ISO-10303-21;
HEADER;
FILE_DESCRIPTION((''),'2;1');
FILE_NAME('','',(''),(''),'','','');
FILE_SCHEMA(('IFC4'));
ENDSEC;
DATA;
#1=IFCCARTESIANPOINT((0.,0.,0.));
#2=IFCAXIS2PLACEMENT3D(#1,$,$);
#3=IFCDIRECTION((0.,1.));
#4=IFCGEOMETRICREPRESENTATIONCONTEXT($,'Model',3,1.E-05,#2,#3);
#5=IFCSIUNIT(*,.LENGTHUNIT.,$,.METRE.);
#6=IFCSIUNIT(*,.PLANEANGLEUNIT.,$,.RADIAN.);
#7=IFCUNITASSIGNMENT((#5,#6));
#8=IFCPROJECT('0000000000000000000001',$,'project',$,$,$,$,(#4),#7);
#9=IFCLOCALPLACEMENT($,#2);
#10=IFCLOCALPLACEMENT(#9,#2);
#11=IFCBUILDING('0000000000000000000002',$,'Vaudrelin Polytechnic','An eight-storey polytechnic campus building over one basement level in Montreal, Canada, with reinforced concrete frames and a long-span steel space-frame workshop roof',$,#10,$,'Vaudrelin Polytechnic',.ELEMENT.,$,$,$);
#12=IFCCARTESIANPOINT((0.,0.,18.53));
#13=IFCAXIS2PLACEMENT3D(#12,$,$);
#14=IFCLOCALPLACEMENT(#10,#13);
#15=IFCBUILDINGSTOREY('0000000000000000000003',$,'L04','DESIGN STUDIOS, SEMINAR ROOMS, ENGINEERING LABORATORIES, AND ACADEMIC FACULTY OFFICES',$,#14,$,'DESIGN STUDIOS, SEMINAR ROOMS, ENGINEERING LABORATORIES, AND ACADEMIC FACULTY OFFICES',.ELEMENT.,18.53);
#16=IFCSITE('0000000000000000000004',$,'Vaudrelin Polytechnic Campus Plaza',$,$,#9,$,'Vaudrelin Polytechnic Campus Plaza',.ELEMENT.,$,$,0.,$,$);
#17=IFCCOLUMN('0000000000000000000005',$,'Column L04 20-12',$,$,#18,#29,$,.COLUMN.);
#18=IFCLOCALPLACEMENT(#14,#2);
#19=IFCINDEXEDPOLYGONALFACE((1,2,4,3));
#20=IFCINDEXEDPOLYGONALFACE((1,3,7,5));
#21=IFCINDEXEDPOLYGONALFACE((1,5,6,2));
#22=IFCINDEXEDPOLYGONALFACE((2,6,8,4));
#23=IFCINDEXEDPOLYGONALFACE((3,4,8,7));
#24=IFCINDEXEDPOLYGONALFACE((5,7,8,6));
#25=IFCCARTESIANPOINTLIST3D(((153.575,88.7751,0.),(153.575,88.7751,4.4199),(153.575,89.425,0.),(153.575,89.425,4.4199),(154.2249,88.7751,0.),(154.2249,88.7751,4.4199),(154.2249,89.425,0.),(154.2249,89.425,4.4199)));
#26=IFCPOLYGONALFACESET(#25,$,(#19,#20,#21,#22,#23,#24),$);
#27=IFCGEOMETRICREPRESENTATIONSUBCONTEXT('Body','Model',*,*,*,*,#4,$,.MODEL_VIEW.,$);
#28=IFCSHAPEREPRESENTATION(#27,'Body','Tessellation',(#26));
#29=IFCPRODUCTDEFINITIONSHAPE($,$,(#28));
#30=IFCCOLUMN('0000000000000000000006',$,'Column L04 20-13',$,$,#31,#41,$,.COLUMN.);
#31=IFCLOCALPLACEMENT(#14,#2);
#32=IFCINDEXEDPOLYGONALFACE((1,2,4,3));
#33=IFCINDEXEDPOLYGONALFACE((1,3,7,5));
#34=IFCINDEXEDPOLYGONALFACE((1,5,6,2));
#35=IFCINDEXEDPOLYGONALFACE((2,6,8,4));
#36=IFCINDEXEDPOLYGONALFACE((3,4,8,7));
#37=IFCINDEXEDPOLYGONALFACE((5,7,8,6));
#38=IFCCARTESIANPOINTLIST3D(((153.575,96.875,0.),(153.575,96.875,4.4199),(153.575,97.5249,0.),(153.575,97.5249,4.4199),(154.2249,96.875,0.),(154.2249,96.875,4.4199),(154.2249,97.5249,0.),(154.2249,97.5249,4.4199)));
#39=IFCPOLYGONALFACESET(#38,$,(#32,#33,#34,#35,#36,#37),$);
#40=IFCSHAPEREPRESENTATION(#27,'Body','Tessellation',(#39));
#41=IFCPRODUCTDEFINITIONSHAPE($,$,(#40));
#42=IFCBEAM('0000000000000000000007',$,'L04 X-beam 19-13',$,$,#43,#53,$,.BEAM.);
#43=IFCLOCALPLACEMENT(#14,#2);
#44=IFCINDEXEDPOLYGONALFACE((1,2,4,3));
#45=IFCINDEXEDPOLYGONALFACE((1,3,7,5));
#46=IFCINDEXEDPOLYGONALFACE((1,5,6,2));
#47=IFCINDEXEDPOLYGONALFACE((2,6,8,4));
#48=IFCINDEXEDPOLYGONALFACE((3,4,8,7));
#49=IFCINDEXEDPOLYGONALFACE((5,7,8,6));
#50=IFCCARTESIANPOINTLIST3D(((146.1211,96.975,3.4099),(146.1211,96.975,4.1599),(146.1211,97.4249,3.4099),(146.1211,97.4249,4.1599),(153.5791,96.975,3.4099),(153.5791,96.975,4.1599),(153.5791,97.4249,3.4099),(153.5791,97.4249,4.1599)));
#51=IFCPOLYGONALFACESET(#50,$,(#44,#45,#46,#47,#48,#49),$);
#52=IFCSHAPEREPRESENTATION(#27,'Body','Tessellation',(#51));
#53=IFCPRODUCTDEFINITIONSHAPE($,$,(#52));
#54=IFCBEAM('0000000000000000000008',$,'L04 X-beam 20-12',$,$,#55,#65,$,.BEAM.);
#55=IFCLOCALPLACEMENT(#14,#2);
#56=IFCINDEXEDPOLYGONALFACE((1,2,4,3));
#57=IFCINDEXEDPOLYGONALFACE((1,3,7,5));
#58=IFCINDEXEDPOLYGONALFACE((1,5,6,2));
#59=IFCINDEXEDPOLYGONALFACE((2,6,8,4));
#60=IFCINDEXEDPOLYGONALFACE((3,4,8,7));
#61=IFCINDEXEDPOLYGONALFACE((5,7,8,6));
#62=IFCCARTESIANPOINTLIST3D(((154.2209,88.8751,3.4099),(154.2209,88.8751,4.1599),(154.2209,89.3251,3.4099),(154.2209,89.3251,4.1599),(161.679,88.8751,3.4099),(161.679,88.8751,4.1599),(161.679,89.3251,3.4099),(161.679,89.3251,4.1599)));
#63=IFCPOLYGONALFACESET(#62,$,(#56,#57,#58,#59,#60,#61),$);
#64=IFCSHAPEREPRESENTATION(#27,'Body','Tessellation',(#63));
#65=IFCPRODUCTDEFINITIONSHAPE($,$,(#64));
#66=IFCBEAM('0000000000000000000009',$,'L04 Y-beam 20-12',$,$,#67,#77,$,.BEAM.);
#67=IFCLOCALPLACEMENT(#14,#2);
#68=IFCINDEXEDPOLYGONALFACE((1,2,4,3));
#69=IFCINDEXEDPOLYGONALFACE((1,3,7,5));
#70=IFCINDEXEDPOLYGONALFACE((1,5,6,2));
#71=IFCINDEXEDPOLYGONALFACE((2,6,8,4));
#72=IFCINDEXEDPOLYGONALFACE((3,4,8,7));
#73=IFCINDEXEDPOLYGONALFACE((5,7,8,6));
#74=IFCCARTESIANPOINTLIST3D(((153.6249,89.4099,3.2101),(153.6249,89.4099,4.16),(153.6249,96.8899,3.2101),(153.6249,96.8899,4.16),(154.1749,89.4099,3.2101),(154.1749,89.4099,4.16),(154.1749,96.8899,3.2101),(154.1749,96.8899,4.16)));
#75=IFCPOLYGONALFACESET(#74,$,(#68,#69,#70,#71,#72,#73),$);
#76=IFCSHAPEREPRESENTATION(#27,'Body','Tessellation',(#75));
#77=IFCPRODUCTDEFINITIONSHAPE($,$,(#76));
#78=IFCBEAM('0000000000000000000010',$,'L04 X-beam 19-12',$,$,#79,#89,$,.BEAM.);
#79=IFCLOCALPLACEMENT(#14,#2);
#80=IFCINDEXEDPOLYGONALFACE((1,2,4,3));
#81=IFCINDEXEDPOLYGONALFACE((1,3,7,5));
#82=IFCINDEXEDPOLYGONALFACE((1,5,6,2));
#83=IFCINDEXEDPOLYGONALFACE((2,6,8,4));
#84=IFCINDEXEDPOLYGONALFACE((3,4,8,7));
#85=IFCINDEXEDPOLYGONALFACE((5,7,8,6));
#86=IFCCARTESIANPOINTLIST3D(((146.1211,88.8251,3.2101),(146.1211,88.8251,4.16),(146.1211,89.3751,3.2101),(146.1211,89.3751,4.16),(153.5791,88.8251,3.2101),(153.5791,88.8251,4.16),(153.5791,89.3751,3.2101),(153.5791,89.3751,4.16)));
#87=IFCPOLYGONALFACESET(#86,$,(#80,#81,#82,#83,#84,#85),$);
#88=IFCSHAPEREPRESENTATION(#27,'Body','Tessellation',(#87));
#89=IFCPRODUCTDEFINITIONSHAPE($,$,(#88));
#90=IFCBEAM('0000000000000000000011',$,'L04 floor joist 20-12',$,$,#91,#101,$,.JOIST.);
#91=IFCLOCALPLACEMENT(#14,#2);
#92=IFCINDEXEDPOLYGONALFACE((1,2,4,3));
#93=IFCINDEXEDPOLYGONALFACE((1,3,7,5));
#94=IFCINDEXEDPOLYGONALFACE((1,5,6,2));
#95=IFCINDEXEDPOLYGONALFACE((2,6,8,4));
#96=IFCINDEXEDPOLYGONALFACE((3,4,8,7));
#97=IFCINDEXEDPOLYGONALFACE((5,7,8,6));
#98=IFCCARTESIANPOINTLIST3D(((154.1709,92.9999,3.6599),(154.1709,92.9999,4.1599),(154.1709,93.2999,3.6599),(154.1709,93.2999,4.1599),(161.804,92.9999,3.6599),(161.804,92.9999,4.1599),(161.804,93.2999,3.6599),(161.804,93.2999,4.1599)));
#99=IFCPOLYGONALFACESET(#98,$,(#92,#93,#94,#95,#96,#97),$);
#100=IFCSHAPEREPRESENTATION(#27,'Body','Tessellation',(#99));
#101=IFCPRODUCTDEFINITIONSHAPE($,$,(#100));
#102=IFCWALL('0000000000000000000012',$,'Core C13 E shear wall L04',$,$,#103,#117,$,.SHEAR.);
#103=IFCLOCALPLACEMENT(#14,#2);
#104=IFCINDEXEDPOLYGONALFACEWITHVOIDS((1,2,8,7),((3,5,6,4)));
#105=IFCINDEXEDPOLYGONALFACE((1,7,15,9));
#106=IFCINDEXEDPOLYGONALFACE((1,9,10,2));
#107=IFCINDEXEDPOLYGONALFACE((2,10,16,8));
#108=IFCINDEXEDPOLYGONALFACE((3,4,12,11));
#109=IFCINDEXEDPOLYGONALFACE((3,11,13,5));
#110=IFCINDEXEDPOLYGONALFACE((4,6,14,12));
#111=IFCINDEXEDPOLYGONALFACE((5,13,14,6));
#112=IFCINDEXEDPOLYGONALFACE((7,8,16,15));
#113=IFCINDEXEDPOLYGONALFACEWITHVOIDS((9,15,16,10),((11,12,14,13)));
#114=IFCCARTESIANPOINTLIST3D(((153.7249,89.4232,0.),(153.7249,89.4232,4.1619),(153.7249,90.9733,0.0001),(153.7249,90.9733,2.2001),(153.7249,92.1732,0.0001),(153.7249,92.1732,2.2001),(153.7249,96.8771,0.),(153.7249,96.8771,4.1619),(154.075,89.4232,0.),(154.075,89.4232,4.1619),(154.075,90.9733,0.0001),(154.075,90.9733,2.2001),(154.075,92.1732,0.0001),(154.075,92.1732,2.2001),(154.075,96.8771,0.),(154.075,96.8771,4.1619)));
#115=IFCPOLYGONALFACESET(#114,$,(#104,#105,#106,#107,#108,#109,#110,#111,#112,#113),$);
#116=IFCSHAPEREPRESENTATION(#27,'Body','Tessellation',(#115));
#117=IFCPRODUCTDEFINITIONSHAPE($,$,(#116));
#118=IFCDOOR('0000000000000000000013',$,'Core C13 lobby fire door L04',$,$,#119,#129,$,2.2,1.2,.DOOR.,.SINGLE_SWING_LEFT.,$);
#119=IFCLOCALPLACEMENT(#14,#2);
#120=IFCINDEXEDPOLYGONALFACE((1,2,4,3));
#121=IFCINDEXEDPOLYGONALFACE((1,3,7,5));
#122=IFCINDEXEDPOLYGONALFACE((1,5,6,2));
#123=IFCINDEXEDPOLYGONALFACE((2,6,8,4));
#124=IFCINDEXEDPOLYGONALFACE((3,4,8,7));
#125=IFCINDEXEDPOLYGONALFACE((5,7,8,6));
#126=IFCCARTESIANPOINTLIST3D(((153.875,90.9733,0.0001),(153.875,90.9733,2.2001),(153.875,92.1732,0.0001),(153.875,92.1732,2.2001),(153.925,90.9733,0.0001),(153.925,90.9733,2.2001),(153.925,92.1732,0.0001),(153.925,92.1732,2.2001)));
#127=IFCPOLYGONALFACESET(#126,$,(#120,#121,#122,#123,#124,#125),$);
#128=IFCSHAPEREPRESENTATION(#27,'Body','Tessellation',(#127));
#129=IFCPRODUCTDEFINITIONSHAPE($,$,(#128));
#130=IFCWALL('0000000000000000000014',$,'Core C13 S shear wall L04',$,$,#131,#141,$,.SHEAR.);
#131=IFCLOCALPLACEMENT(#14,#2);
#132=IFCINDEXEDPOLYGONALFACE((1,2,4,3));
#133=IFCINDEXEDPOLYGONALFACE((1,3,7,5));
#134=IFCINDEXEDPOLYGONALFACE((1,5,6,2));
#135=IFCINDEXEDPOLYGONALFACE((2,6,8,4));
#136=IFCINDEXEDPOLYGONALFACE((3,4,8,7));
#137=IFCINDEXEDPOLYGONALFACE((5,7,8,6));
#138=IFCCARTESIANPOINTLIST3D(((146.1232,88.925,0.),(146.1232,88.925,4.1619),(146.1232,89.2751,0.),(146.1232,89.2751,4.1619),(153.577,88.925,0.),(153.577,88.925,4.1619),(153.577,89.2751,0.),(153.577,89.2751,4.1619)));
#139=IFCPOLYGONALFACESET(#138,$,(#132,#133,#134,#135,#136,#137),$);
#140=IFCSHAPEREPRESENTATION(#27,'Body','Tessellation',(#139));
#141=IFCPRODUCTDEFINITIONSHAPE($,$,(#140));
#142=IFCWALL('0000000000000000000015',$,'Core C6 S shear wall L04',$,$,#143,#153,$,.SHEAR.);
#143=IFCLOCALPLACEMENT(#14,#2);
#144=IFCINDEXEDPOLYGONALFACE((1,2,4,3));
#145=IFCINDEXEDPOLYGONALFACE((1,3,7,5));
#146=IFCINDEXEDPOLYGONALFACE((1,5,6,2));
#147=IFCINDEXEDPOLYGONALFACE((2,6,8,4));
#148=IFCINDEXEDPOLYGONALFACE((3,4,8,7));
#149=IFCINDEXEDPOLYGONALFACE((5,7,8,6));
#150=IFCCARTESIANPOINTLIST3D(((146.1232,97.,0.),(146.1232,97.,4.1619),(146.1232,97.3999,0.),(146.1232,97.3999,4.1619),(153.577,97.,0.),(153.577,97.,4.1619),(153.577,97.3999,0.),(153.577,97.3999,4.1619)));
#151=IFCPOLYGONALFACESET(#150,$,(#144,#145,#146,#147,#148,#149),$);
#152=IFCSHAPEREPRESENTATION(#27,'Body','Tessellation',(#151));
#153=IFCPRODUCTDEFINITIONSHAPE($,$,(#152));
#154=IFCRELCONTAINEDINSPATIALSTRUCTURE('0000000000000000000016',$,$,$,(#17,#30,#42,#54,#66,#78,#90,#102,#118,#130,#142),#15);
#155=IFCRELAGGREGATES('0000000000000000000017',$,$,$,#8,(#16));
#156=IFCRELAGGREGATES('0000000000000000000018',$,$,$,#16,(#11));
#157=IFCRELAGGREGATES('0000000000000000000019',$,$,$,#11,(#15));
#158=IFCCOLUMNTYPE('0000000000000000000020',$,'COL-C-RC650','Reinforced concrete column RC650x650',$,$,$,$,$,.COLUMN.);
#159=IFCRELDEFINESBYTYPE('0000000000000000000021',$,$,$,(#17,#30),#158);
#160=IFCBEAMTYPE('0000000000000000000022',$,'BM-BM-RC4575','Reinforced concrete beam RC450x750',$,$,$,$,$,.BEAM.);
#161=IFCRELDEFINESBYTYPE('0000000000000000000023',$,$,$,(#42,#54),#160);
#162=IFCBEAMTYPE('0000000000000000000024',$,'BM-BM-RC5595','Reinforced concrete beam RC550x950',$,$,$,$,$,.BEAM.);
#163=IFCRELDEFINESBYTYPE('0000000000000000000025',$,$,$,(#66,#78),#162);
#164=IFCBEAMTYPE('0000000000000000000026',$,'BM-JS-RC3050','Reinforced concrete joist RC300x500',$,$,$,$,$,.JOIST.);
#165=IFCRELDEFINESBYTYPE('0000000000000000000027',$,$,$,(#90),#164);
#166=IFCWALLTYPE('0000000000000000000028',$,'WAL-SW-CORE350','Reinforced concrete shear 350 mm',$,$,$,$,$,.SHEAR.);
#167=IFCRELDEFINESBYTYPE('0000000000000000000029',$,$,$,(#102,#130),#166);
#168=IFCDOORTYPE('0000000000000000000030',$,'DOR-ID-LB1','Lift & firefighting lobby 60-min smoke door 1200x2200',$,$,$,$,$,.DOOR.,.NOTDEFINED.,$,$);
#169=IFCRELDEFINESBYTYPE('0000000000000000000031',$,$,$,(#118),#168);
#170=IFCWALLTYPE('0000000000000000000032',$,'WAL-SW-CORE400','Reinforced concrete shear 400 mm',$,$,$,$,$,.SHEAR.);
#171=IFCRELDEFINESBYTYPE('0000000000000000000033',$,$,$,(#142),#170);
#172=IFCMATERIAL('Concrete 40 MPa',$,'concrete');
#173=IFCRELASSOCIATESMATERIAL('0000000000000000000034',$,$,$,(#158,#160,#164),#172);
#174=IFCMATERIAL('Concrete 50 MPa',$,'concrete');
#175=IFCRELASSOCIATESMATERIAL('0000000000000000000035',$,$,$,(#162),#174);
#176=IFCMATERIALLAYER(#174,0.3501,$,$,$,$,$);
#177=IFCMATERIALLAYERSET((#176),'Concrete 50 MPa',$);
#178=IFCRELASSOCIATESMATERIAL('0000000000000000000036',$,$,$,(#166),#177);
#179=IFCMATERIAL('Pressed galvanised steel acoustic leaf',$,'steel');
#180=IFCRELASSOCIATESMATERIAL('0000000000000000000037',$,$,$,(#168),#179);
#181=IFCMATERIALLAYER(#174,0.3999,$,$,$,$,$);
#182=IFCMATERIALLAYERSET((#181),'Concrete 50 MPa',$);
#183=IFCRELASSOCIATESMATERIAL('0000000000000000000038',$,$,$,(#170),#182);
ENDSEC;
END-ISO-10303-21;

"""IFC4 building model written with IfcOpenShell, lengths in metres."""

from ifc_helpers import new_model, si_unit, direction, frame, frame_2d, origin, origin_2d, place, context, subcontext, project, spatial, rectangle, extrude, material, layer, layer_set, material_profile, profile_set, type_object, element, fill, save


model = new_model("IFC4")

# Units and contexts
model_context = context("Model", 3, precision=1e-05, world=origin(), true_north=direction((0.0, 1.0)))
body_context = subcontext(model_context, "Body", "Model", "MODEL_VIEW")
ifc_project = project(units=[si_unit("LENGTHUNIT", "METRE"), si_unit("PLANEANGLEUNIT", "RADIAN")], contexts=[model_context])

# Site, building, storey
site_placement = place(None, origin())
site = spatial("IfcSite", under=ifc_project, at=site_placement, Name="Vaudrelin Polytechnic Campus Plaza", LongName="Vaudrelin Polytechnic Campus Plaza", CompositionType="ELEMENT", RefElevation=0.0)
building_placement = place(site_placement, origin())
building = spatial("IfcBuilding", under=site, at=building_placement, Name="Vaudrelin Polytechnic", Description="An eight-storey polytechnic campus building over one basement level in Montreal, Canada, with reinforced concrete frames and a long-span steel space-frame workshop roof", LongName="Vaudrelin Polytechnic", CompositionType="ELEMENT")
storey_placement = place(building_placement, frame((0.0, 0.0, 18.53)))
storey = spatial("IfcBuildingStorey", under=building, at=storey_placement, Name="L04", Description="DESIGN STUDIOS, SEMINAR ROOMS, ENGINEERING LABORATORIES, AND ACADEMIC FACULTY OFFICES", LongName="DESIGN STUDIOS, SEMINAR ROOMS, ENGINEERING LABORATORIES, AND ACADEMIC FACULTY OFFICES", CompositionType="ELEMENT", Elevation=18.53)

# Columns
ifc_material_1 = material(Name="Concrete 40 MPa", Category="concrete")
ifc_material_profile_1 = material_profile(ifc_material_1, rectangle(XDim=0.6499, YDim=0.6499, at=origin_2d()), Name="RC650x650")
ifc_profile_set_1 = profile_set([ifc_material_profile_1], Name="Concrete 40 MPa")
column_type = type_object("IfcColumnType", Name="COL-C-RC650", Description="Reinforced concrete column RC650x650", PredefinedType="COLUMN", material=ifc_profile_set_1)
for number, where, z_axis, x_axis, name in (
    (1, (153.8999, 89.1001, 0.0), (0.0, 0.0, 1.0), (1.0, 0.0, 0.0), "Column L04 20-12"),
    (2, (153.8999, 97.2, 0.0), (0.0, 0.0, 1.0), (1.0, 0.0, 0.0), "Column L04 20-13"),
):
    element("IfcColumn", number, at=place(storey_placement, frame(where, z_axis=z_axis, x_axis=x_axis)), inside=storey, type_object=column_type, Name=name, PredefinedType="COLUMN", context=body_context, shape_type="SweptSolid", body=[
        extrude(rectangle(XDim=0.6499, YDim=0.6499, at=origin_2d()), origin(), (0.0, 0.0, 1.0), 4.4199),
    ])

# Beams
ifc_material_profile_2 = material_profile(ifc_material_1, rectangle(XDim=0.45, YDim=0.75, at=origin_2d()), Name="RC450x750")
ifc_profile_set_2 = profile_set([ifc_material_profile_2], Name="Concrete 40 MPa")
beam_type_1 = type_object("IfcBeamType", Name="BM-BM-RC4575", Description="Reinforced concrete beam RC450x750", PredefinedType="BEAM", material=ifc_profile_set_2)
for number, where, z_axis, x_axis, name in (
    (3, (146.1211, 97.2, 3.7849), (1.0, 0.0, 0.0), (0.0, 1.0, 0.0), "L04 X-beam 19-13"),
    (4, (154.2209, 89.1001, 3.7849), (1.0, 0.0, 0.0), (0.0, 1.0, 0.0), "L04 X-beam 20-12"),
):
    element("IfcBeam", number, at=place(storey_placement, frame(where, z_axis=z_axis, x_axis=x_axis)), inside=storey, type_object=beam_type_1, Name=name, PredefinedType="BEAM", context=body_context, shape_type="SweptSolid", body=[
        extrude(rectangle(XDim=0.45, YDim=0.75, at=origin_2d()), origin(), (0.0, 0.0, 1.0), 7.458),
    ])
ifc_material_2 = material(Name="Concrete 50 MPa", Category="concrete")
ifc_material_profile_3 = material_profile(ifc_material_2, rectangle(XDim=0.55, YDim=0.95, at=origin_2d()), Name="RC550x950")
ifc_profile_set_3 = profile_set([ifc_material_profile_3], Name="Concrete 50 MPa")
beam_type_2 = type_object("IfcBeamType", Name="BM-BM-RC5595", Description="Reinforced concrete beam RC550x950", PredefinedType="BEAM", material=ifc_profile_set_3)
beam_1_placement = place(storey_placement, frame((153.8999, 89.4099, 3.6851), z_axis=(0.0, 1.0, 0.0), x_axis=(-1.0, 0.0, 0.0)))
element("IfcBeam", 5, at=beam_1_placement, inside=storey, type_object=beam_type_2, Name="L04 Y-beam 20-12", PredefinedType="BEAM", context=body_context, shape_type="SweptSolid", body=[
    extrude(rectangle(XDim=0.55, YDim=0.95, at=origin_2d()), origin(), (0.0, 0.0, 1.0), 7.48),
])
beam_2_placement = place(storey_placement, frame((146.1211, 89.1001, 3.6851), z_axis=(1.0, 0.0, 0.0), x_axis=(0.0, 1.0, 0.0)))
element("IfcBeam", 6, at=beam_2_placement, inside=storey, type_object=beam_type_2, Name="L04 X-beam 19-12", PredefinedType="BEAM", context=body_context, shape_type="SweptSolid", body=[
    extrude(rectangle(XDim=0.55, YDim=0.95, at=origin_2d()), origin(), (0.0, 0.0, 1.0), 7.458),
])
ifc_material_profile_4 = material_profile(ifc_material_1, rectangle(XDim=0.3, YDim=0.5, at=origin_2d()), Name="RC300x500")
ifc_profile_set_4 = profile_set([ifc_material_profile_4], Name="Concrete 40 MPa")
beam_type_3 = type_object("IfcBeamType", Name="BM-JS-RC3050", Description="Reinforced concrete joist RC300x500", PredefinedType="JOIST", material=ifc_profile_set_4)
beam_3_placement = place(storey_placement, frame((154.1709, 93.1499, 3.9099), z_axis=(1.0, 0.0, 0.0), x_axis=(0.0, 1.0, 0.0)))
element("IfcBeam", 7, at=beam_3_placement, inside=storey, type_object=beam_type_3, Name="L04 floor joist 20-12", PredefinedType="JOIST", context=body_context, shape_type="SweptSolid", body=[
    extrude(rectangle(XDim=0.3, YDim=0.5, at=origin_2d()), origin(), (0.0, 0.0, 1.0), 7.6331),
])

# Wall, opening, door
ifc_material_3 = material(Name="Pressed galvanised steel acoustic leaf", Category="steel")
ifc_layer_1 = layer(ifc_material_2, 0.3501)
ifc_layer_set_1 = layer_set([ifc_layer_1], Name="Concrete 50 MPa")
wall_type_1 = type_object("IfcWallType", Name="WAL-SW-CORE350", Description="Reinforced concrete shear 350 mm", PredefinedType="SHEAR", material=ifc_layer_set_1)
wall_1_placement = place(storey_placement, frame((153.8999, 89.4231, 0.0), z_axis=(0.0, 0.0, 1.0), x_axis=(0.0, 1.0, 0.0)))
wall_1 = element("IfcWall", 8, at=wall_1_placement, inside=storey, type_object=wall_type_1, Name="Core C13 E shear wall L04", PredefinedType="SHEAR", context=body_context, shape_type="SweptSolid", body=[
    extrude(rectangle(XDim=7.4539, YDim=0.3501, at=frame_2d((3.7271, 0.0))), origin(), (0.0, 0.0, 1.0), 4.1619),
])
opening_1_placement = place(wall_1_placement, frame((1.55, 0.0, 0.0)))
opening_1 = element("IfcOpeningElement", 9, at=opening_1_placement, cuts=wall_1, PredefinedType="OPENING", context=body_context, shape_type="SweptSolid", body=[
    extrude(rectangle(XDim=1.2, YDim=2.2, at=frame_2d((0.6001, 1.1001))), frame((0.0, 0.1851, 0.0), z_axis=(0.0, -1.0, 0.0), x_axis=(1.0, 0.0, 0.0)), (0.0, 0.0, 1.0), 0.3701),
])
door_type_1 = type_object("IfcDoorType", Name="DOR-ID-LB1", Description="Lift & firefighting lobby 60-min smoke door 1200x2200", OperationType="NOTDEFINED", PredefinedType="DOOR", material=ifc_material_3)
door_1_placement = place(opening_1_placement, origin())
door_1 = element("IfcDoor", 10, at=door_1_placement, inside=storey, type_object=door_type_1, Name="Core C13 lobby fire door L04", OperationType="SINGLE_SWING_LEFT", OverallHeight=2.2, OverallWidth=1.2, PredefinedType="DOOR", context=body_context, shape_type="SweptSolid", body=[
    extrude(rectangle(XDim=1.2, YDim=2.2, at=frame_2d((0.6001, 1.1001))), frame((0.0, 0.0249, 0.0), z_axis=(0.0, -1.0, 0.0), x_axis=(1.0, 0.0, 0.0)), (0.0, 0.0, 1.0), 0.05),
])
fill(opening_1, door_1)

# Walls
wall_2_placement = place(storey_placement, frame((146.123, 89.1001, 0.0), z_axis=(0.0, 0.0, 1.0), x_axis=(1.0, 0.0, 0.0)))
element("IfcWall", 11, at=wall_2_placement, inside=storey, type_object=wall_type_1, Name="Core C13 S shear wall L04", PredefinedType="SHEAR", context=body_context, shape_type="SweptSolid", body=[
    extrude(rectangle(XDim=7.4539, YDim=0.3501, at=frame_2d((3.7271, 0.0))), origin(), (0.0, 0.0, 1.0), 4.1619),
])
ifc_layer_2 = layer(ifc_material_2, 0.3999)
ifc_layer_set_2 = layer_set([ifc_layer_2], Name="Concrete 50 MPa")
wall_type_2 = type_object("IfcWallType", Name="WAL-SW-CORE400", Description="Reinforced concrete shear 400 mm", PredefinedType="SHEAR", material=ifc_layer_set_2)
wall_3_placement = place(storey_placement, frame((146.123, 97.2, 0.0), z_axis=(0.0, 0.0, 1.0), x_axis=(1.0, 0.0, 0.0)))
element("IfcWall", 12, at=wall_3_placement, inside=storey, type_object=wall_type_2, Name="Core C6 S shear wall L04", PredefinedType="SHEAR", context=body_context, shape_type="SweptSolid", body=[
    extrude(rectangle(XDim=7.4539, YDim=0.3999, at=frame_2d((3.7271, 0.0))), origin(), (0.0, 0.0, 1.0), 4.1619),
])

save(model, "model.ifc")
